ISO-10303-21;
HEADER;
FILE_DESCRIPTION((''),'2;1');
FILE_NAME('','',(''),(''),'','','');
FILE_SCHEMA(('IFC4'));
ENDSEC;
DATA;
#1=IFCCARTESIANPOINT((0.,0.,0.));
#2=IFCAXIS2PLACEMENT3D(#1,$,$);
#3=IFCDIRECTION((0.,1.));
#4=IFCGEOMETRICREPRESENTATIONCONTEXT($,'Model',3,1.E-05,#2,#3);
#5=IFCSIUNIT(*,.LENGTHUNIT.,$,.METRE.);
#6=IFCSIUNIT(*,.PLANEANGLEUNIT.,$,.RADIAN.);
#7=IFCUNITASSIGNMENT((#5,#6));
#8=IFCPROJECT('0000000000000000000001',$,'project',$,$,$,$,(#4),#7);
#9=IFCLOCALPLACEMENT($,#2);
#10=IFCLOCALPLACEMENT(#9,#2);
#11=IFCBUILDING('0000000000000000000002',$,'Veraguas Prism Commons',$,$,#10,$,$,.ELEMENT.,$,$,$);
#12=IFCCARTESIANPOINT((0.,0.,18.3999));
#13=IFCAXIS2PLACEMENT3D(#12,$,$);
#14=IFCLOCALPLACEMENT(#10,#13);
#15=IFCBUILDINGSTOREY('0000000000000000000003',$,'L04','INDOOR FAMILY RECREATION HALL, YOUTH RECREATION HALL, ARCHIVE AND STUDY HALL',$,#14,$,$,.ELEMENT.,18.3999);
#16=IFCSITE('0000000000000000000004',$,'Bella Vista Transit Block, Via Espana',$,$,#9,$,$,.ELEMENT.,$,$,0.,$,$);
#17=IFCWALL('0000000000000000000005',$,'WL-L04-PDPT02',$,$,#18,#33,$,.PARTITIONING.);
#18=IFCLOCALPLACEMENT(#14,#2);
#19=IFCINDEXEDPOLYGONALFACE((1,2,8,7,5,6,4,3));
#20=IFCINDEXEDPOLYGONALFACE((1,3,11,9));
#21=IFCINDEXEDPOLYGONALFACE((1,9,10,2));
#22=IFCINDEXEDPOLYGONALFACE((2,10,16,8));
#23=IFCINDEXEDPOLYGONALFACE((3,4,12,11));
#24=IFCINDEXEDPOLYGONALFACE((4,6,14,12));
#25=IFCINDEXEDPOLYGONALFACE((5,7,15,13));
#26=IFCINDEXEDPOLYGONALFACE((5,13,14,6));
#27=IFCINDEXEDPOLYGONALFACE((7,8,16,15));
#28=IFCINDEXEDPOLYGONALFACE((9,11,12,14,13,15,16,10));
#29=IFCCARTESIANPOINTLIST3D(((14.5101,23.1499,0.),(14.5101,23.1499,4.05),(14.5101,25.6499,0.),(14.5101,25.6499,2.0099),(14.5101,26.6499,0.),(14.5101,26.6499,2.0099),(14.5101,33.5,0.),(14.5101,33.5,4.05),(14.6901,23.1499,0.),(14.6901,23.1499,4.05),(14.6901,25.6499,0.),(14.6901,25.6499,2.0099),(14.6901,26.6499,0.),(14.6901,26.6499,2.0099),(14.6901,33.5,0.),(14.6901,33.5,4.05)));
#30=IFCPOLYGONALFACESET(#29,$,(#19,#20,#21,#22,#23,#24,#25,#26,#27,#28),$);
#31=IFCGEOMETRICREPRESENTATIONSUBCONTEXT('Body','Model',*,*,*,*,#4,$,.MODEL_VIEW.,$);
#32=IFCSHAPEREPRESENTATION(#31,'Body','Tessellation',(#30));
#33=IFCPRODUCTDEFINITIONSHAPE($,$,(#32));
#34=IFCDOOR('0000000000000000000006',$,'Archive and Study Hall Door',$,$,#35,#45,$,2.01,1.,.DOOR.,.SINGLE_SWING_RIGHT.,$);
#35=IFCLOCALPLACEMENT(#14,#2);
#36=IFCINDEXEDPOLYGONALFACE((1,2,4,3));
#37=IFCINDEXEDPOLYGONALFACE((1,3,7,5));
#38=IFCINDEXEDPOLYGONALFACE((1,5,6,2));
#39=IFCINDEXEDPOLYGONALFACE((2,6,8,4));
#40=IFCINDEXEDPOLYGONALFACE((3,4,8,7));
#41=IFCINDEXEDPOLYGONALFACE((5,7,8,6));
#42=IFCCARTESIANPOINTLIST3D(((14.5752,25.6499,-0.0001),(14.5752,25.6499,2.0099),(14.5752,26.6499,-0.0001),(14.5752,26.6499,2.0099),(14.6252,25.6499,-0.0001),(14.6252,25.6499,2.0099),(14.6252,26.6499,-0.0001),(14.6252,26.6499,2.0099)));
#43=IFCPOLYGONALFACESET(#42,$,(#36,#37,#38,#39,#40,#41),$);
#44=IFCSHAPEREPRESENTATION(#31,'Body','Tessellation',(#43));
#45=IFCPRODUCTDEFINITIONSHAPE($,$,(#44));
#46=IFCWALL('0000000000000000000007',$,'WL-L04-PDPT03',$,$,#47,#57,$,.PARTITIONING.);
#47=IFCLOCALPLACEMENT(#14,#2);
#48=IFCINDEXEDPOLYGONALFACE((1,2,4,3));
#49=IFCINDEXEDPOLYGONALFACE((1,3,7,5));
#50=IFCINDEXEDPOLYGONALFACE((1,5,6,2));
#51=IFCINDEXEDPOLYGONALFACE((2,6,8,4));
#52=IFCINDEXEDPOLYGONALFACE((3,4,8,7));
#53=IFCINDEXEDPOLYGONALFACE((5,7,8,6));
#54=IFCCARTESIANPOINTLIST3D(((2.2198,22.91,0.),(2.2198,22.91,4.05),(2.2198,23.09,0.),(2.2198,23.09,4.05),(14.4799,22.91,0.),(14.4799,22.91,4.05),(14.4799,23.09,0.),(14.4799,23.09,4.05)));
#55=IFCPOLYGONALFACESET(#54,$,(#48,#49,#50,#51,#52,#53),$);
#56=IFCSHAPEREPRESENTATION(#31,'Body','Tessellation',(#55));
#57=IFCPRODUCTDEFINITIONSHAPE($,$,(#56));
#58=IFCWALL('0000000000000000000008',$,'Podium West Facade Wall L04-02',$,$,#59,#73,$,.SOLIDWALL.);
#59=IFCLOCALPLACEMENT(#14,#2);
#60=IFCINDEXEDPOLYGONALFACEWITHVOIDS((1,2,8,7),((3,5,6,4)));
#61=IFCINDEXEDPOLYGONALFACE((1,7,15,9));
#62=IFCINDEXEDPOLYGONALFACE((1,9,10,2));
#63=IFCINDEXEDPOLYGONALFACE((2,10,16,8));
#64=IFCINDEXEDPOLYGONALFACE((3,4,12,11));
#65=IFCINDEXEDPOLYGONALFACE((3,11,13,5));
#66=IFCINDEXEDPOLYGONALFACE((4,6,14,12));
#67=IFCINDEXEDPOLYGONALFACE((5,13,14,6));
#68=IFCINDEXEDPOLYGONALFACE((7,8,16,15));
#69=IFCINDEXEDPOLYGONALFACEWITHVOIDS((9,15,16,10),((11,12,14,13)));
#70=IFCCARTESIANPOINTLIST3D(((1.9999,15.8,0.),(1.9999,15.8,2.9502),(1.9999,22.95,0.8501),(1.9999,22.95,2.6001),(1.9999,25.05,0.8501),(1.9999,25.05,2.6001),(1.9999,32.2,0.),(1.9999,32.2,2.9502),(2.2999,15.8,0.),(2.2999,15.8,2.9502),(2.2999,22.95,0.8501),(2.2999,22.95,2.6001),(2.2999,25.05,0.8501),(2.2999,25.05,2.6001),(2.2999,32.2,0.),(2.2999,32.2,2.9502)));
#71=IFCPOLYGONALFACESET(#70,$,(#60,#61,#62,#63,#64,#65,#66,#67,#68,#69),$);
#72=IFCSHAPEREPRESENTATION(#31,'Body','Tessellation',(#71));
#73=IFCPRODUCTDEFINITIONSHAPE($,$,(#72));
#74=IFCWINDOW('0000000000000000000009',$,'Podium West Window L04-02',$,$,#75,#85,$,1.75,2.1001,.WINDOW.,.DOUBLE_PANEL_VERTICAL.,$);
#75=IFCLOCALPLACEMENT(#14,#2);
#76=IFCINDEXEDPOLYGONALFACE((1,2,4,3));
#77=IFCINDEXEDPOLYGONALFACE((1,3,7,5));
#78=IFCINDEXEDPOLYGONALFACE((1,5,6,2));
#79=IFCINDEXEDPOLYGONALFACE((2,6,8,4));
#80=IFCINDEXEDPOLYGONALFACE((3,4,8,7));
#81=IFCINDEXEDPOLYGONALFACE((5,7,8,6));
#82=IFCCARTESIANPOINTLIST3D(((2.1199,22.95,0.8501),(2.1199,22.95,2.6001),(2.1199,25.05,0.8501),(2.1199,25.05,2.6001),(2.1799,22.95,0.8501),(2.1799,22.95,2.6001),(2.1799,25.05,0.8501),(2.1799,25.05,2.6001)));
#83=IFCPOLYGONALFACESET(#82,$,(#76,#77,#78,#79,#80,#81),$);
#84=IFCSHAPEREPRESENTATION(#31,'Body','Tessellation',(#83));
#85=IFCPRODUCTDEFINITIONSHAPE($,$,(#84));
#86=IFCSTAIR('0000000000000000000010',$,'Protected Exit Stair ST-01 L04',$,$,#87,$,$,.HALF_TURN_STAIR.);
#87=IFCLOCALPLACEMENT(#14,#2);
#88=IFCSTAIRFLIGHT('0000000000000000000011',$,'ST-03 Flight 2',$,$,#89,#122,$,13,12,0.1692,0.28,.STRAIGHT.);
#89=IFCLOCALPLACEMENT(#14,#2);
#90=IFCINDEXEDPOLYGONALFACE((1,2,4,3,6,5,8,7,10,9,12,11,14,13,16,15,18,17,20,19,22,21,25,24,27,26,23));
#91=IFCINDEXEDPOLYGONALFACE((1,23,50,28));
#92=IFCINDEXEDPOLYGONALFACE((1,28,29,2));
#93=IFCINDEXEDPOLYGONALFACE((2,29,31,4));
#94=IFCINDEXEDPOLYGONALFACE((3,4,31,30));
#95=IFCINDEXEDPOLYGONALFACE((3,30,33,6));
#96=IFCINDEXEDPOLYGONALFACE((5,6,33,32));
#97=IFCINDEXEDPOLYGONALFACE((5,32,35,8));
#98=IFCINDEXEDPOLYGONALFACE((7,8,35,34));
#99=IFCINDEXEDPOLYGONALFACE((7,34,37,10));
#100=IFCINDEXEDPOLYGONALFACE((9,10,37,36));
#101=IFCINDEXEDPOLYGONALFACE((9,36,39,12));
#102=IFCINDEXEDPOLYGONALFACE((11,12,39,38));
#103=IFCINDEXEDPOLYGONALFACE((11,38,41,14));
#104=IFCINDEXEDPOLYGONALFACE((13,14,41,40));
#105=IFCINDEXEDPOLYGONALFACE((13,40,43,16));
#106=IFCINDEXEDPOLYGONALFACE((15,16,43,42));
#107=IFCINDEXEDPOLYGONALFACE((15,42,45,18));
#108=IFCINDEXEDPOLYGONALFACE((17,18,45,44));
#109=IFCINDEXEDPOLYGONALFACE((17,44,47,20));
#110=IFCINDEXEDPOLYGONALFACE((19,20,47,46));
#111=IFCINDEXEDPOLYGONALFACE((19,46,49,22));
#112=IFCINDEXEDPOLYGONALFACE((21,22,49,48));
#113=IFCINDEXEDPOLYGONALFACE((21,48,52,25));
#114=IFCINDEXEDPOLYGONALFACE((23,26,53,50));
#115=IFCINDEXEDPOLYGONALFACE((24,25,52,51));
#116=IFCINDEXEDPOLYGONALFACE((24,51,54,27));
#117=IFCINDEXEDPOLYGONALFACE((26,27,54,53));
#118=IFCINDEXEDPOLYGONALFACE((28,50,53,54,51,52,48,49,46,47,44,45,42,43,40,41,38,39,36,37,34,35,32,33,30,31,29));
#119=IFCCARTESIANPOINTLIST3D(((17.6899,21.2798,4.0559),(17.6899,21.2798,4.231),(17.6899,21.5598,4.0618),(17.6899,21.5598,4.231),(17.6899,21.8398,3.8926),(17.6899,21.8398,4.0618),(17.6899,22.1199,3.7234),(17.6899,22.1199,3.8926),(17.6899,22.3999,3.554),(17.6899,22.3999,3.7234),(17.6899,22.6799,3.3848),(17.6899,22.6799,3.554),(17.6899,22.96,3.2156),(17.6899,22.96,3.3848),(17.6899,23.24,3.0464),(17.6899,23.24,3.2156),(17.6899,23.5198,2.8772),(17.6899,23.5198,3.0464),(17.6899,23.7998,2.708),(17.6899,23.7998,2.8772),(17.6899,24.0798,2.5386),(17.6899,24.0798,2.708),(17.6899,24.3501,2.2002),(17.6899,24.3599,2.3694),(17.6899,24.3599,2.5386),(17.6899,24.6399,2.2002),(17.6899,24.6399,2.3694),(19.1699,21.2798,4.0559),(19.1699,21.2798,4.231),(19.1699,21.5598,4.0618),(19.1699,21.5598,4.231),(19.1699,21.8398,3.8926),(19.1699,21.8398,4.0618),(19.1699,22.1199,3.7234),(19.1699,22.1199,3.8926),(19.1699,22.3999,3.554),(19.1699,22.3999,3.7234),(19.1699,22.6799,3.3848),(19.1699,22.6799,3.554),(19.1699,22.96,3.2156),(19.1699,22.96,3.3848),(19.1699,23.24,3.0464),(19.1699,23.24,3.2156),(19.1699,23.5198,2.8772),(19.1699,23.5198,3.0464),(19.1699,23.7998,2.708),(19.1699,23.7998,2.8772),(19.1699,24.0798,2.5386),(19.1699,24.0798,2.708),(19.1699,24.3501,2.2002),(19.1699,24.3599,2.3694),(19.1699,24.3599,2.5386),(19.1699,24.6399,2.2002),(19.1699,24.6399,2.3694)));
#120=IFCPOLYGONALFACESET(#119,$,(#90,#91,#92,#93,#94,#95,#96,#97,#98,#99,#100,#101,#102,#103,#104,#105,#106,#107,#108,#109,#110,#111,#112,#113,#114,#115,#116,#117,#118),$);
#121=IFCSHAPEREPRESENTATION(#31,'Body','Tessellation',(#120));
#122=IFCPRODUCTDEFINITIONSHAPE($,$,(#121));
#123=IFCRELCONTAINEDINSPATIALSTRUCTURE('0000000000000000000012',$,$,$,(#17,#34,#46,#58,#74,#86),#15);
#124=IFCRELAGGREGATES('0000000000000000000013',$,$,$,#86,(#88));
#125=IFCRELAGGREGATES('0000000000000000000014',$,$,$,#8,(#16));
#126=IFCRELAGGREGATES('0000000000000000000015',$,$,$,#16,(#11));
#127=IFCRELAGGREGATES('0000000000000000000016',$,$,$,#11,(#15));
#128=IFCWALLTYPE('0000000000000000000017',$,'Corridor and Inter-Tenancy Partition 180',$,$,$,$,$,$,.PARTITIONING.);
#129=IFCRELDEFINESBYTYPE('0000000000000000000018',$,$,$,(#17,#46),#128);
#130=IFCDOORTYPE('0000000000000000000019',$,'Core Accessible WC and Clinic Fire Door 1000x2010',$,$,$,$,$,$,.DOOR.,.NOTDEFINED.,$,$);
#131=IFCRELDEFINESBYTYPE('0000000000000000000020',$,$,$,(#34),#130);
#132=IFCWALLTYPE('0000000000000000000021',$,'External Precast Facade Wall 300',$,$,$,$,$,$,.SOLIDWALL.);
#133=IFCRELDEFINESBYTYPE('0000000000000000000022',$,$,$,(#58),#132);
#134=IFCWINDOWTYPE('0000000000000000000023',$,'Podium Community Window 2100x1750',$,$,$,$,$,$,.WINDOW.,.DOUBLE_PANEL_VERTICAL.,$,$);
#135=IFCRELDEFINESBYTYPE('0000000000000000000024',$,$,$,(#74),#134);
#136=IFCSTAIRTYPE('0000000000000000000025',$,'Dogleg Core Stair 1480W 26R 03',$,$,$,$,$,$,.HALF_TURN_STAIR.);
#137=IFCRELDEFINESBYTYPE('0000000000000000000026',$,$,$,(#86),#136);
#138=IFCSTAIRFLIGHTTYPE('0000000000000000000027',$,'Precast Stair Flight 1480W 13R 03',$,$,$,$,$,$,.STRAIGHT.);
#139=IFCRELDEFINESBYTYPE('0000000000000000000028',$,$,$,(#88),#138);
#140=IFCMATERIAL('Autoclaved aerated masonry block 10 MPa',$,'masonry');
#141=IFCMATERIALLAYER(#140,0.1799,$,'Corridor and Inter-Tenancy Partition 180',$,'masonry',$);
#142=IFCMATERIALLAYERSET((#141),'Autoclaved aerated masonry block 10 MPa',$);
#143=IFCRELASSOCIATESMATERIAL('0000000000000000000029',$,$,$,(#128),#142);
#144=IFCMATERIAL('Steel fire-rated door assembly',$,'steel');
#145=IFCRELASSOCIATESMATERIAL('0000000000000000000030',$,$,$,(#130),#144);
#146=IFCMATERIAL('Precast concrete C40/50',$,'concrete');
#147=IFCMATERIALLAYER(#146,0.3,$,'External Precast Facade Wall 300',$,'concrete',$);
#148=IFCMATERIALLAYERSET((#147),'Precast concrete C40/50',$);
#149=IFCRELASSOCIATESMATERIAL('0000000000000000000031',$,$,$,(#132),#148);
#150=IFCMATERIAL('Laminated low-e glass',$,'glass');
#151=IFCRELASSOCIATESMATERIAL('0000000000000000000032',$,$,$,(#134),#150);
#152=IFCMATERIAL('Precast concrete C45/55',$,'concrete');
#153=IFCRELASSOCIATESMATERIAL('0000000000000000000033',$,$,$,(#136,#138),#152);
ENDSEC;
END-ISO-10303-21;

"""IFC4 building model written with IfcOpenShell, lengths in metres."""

from ifc_helpers import new_model, si_unit, direction, frame, frame_2d, origin, place, context, subcontext, project, spatial, polyline, rectangle, outline, extrude, source, transform, mapped, material, layer, layer_set, type_object, element, fill, aggregate, save


model = new_model("IFC4")

# Units and contexts
model_context = context("Model", 3, precision=1e-05, world=origin(), true_north=direction((0.0, 1.0)))
body_context = subcontext(model_context, "Body", "Model", "MODEL_VIEW")
ifc_project = project(units=[si_unit("LENGTHUNIT", "METRE"), si_unit("PLANEANGLEUNIT", "RADIAN")], contexts=[model_context])

# Site, building, storey
site_placement = place(None, origin())
site = spatial("IfcSite", under=ifc_project, at=site_placement, Name="Bella Vista Transit Block, Via Espana", CompositionType="ELEMENT", RefElevation=0.0)
building_placement = place(site_placement, origin())
building = spatial("IfcBuilding", under=site, at=building_placement, Name="Veraguas Prism Commons", CompositionType="ELEMENT")
storey_placement = place(building_placement, frame((0.0, 0.0, 18.3999)))
storey = spatial("IfcBuildingStorey", under=building, at=storey_placement, Name="L04", Description="INDOOR FAMILY RECREATION HALL, YOUTH RECREATION HALL, ARCHIVE AND STUDY HALL", CompositionType="ELEMENT", Elevation=18.3999)

# Wall, opening, door
ifc_material_1 = material(Name="Autoclaved aerated masonry block 10 MPa", Category="masonry")
ifc_layer_1 = layer(ifc_material_1, 0.1799, Name="Corridor and Inter-Tenancy Partition 180", Category="masonry")
ifc_layer_set_1 = layer_set([ifc_layer_1], Name="Autoclaved aerated masonry block 10 MPa")
wall_type_1 = type_object("IfcWallType", Name="Corridor and Inter-Tenancy Partition 180", PredefinedType="PARTITIONING", material=ifc_layer_set_1)
wall_1_placement = place(storey_placement, frame((14.6001, 23.1499, 0.0), z_axis=(0.0, 0.0, 1.0), x_axis=(0.0, 1.0, 0.0)))
wall_1 = element("IfcWall", 1, at=wall_1_placement, inside=storey, type_object=wall_type_1, Name="WL-L04-PDPT02", PredefinedType="PARTITIONING", context=body_context, shape_type="SweptSolid", body=[
    extrude(rectangle(XDim=10.3501, YDim=0.1799, at=frame_2d((5.175, 0.0))), origin(), (0.0, 0.0, 1.0), 4.05),
])
opening_1_placement = place(wall_1_placement, frame((2.5, 0.0, 0.0)))
opening_1 = element("IfcOpeningElement", 2, at=opening_1_placement, cuts=wall_1, PredefinedType="OPENING", context=body_context, shape_type="SweptSolid", body=[
    extrude(rectangle(XDim=1.0, YDim=2.01, at=frame_2d((0.5, 1.0049))), frame((0.0, 0.0999, 0.0), z_axis=(0.0, -1.0, 0.0), x_axis=(1.0, 0.0, 0.0)), (0.0, 0.0, 1.0), 0.2),
])
ifc_material_2 = material(Name="Steel fire-rated door assembly", Category="steel")
door_type = type_object("IfcDoorType", Name="Core Accessible WC and Clinic Fire Door 1000x2010", OperationType="NOTDEFINED", PredefinedType="DOOR", material=ifc_material_2)
shared_shape_1 = source(origin(), body_context, "Body", "SweptSolid", [
    extrude(rectangle(XDim=1.0, YDim=2.01, at=frame_2d((0.5, 1.0049))), frame((0.0, 0.0249, 0.0), z_axis=(0.0, -1.0, 0.0), x_axis=(1.0, 0.0, 0.0)), (0.0, 0.0, 1.0), 0.05),
])
door_placement = place(opening_1_placement, origin())
door = element("IfcDoor", 3, at=door_placement, inside=storey, type_object=door_type, Name="Archive and Study Hall Door", OperationType="SINGLE_SWING_RIGHT", OverallHeight=2.01, OverallWidth=1.0, PredefinedType="DOOR", context=body_context, shape_type="MappedRepresentation", body=[
    mapped(shared_shape_1, transform((0.0, 0.0, 0.0), scale=1.0)),
])
fill(opening_1, door)

# Wall
wall_2_placement = place(storey_placement, frame((2.22, 23.0, 0.0), z_axis=(0.0, 0.0, 1.0), x_axis=(1.0, 0.0, 0.0)))
element("IfcWall", 4, at=wall_2_placement, inside=storey, type_object=wall_type_1, Name="WL-L04-PDPT03", PredefinedType="PARTITIONING", context=body_context, shape_type="SweptSolid", body=[
    extrude(rectangle(XDim=12.26, YDim=0.1799, at=frame_2d((6.1299, 0.0))), origin(), (0.0, 0.0, 1.0), 4.05),
])

# Wall, opening, window
ifc_material_3 = material(Name="Precast concrete C40/50", Category="concrete")
ifc_layer_2 = layer(ifc_material_3, 0.3, Name="External Precast Facade Wall 300", Category="concrete")
ifc_layer_set_2 = layer_set([ifc_layer_2], Name="Precast concrete C40/50")
wall_type_2 = type_object("IfcWallType", Name="External Precast Facade Wall 300", PredefinedType="SOLIDWALL", material=ifc_layer_set_2)
wall_3_placement = place(storey_placement, frame((2.1499, 32.2, 0.0), z_axis=(0.0, 0.0, 1.0), x_axis=(0.0, -1.0, 0.0)))
wall_3 = element("IfcWall", 5, at=wall_3_placement, inside=storey, type_object=wall_type_2, Name="Podium West Facade Wall L04-02", PredefinedType="SOLIDWALL", context=body_context, shape_type="SweptSolid", body=[
    extrude(rectangle(XDim=16.3999, YDim=0.3, at=frame_2d((8.2, 0.0))), origin(), (0.0, 0.0, 1.0), 2.9502),
])
opening_2_placement = place(wall_3_placement, frame((7.1499, 0.0, 0.8501)))
opening_2 = element("IfcOpeningElement", 6, at=opening_2_placement, cuts=wall_3, PredefinedType="OPENING", context=body_context, shape_type="SweptSolid", body=[
    extrude(rectangle(XDim=2.1001, YDim=1.75, at=frame_2d((1.05, 0.875))), frame((0.0, 0.1599, 0.0), z_axis=(0.0, -1.0, 0.0), x_axis=(1.0, 0.0, 0.0)), (0.0, 0.0, 1.0), 0.3201),
])
ifc_material_4 = material(Name="Laminated low-e glass", Category="glass")
window_type = type_object("IfcWindowType", Name="Podium Community Window 2100x1750", PartitioningType="DOUBLE_PANEL_VERTICAL", PredefinedType="WINDOW", material=ifc_material_4)
shared_shape_2 = source(origin(), body_context, "Body", "SweptSolid", [
    extrude(rectangle(XDim=2.1001, YDim=1.75, at=frame_2d((1.05, 0.875))), frame((0.0, 0.03, 0.0), z_axis=(0.0, -1.0, 0.0), x_axis=(1.0, 0.0, 0.0)), (0.0, 0.0, 1.0), 0.0601),
])
window_placement = place(opening_2_placement, origin())
window = element("IfcWindow", 7, at=window_placement, inside=storey, type_object=window_type, Name="Podium West Window L04-02", OverallHeight=1.75, OverallWidth=2.1001, PartitioningType="DOUBLE_PANEL_VERTICAL", PredefinedType="WINDOW", context=body_context, shape_type="MappedRepresentation", body=[
    mapped(shared_shape_2, transform((0.0, 0.0, 0.0), scale=1.0)),
])
fill(opening_2, window)

# Stair, stair flight
ifc_material_5 = material(Name="Precast concrete C45/55", Category="concrete")
stair_type = type_object("IfcStairType", Name="Dogleg Core Stair 1480W 26R 03", PredefinedType="HALF_TURN_STAIR", material=ifc_material_5)
stair_placement = place(storey_placement, origin())
stair = element("IfcStair", 8, at=stair_placement, inside=storey, type_object=stair_type, Name="Protected Exit Stair ST-01 L04", PredefinedType="HALF_TURN_STAIR")
stair_flight_type = type_object("IfcStairFlightType", Name="Precast Stair Flight 1480W 13R 03", PredefinedType="STRAIGHT", material=ifc_material_5)
stair_flight_placement = place(storey_placement, frame((18.4299, 24.6399, 2.2002), z_axis=(0.0, 0.0, 1.0), x_axis=(0.0, -1.0, 0.0)))
stair_flight = element("IfcStairFlight", 9, at=stair_flight_placement, type_object=stair_flight_type, Name="ST-03 Flight 2", NumberOfRisers=13, NumberOfTreads=12, PredefinedType="STRAIGHT", RiserHeight=0.1692, TreadLength=0.28, context=body_context, shape_type="SweptSolid", body=[
    extrude(outline(polyline([(0.0, 0.0), (0.0, 0.1692), (0.28, 0.1692), (0.28, 0.3384), (0.5601, 0.3384), (0.5601, 0.5078), (0.8401, 0.5078), (0.8401, 0.677), (1.1201, 0.677), (1.1201, 0.8462), (1.3999, 0.8462), (1.3999, 1.0154), (1.6799, 1.0154), (1.6799, 1.1846), (1.96, 1.1846), (1.96, 1.3538), (2.24, 1.3538), (2.24, 1.5232), (2.52, 1.5232), (2.52, 1.6924), (2.8, 1.6924), (2.8, 1.8616), (3.0801, 1.8616), (3.0801, 2.0308), (3.3601, 2.0308), (3.3601, 2.2), (3.3601, 1.8557), (0.2898, 0.0), (0.0, 0.0)])), frame((0.0, 0.74, 0.0), z_axis=(0.0, -1.0, 0.0), x_axis=(1.0, 0.0, 0.0)), (0.0, 0.0, 1.0), 1.48),
])
aggregate(stair, [stair_flight])

save(model, "model.ifc")
